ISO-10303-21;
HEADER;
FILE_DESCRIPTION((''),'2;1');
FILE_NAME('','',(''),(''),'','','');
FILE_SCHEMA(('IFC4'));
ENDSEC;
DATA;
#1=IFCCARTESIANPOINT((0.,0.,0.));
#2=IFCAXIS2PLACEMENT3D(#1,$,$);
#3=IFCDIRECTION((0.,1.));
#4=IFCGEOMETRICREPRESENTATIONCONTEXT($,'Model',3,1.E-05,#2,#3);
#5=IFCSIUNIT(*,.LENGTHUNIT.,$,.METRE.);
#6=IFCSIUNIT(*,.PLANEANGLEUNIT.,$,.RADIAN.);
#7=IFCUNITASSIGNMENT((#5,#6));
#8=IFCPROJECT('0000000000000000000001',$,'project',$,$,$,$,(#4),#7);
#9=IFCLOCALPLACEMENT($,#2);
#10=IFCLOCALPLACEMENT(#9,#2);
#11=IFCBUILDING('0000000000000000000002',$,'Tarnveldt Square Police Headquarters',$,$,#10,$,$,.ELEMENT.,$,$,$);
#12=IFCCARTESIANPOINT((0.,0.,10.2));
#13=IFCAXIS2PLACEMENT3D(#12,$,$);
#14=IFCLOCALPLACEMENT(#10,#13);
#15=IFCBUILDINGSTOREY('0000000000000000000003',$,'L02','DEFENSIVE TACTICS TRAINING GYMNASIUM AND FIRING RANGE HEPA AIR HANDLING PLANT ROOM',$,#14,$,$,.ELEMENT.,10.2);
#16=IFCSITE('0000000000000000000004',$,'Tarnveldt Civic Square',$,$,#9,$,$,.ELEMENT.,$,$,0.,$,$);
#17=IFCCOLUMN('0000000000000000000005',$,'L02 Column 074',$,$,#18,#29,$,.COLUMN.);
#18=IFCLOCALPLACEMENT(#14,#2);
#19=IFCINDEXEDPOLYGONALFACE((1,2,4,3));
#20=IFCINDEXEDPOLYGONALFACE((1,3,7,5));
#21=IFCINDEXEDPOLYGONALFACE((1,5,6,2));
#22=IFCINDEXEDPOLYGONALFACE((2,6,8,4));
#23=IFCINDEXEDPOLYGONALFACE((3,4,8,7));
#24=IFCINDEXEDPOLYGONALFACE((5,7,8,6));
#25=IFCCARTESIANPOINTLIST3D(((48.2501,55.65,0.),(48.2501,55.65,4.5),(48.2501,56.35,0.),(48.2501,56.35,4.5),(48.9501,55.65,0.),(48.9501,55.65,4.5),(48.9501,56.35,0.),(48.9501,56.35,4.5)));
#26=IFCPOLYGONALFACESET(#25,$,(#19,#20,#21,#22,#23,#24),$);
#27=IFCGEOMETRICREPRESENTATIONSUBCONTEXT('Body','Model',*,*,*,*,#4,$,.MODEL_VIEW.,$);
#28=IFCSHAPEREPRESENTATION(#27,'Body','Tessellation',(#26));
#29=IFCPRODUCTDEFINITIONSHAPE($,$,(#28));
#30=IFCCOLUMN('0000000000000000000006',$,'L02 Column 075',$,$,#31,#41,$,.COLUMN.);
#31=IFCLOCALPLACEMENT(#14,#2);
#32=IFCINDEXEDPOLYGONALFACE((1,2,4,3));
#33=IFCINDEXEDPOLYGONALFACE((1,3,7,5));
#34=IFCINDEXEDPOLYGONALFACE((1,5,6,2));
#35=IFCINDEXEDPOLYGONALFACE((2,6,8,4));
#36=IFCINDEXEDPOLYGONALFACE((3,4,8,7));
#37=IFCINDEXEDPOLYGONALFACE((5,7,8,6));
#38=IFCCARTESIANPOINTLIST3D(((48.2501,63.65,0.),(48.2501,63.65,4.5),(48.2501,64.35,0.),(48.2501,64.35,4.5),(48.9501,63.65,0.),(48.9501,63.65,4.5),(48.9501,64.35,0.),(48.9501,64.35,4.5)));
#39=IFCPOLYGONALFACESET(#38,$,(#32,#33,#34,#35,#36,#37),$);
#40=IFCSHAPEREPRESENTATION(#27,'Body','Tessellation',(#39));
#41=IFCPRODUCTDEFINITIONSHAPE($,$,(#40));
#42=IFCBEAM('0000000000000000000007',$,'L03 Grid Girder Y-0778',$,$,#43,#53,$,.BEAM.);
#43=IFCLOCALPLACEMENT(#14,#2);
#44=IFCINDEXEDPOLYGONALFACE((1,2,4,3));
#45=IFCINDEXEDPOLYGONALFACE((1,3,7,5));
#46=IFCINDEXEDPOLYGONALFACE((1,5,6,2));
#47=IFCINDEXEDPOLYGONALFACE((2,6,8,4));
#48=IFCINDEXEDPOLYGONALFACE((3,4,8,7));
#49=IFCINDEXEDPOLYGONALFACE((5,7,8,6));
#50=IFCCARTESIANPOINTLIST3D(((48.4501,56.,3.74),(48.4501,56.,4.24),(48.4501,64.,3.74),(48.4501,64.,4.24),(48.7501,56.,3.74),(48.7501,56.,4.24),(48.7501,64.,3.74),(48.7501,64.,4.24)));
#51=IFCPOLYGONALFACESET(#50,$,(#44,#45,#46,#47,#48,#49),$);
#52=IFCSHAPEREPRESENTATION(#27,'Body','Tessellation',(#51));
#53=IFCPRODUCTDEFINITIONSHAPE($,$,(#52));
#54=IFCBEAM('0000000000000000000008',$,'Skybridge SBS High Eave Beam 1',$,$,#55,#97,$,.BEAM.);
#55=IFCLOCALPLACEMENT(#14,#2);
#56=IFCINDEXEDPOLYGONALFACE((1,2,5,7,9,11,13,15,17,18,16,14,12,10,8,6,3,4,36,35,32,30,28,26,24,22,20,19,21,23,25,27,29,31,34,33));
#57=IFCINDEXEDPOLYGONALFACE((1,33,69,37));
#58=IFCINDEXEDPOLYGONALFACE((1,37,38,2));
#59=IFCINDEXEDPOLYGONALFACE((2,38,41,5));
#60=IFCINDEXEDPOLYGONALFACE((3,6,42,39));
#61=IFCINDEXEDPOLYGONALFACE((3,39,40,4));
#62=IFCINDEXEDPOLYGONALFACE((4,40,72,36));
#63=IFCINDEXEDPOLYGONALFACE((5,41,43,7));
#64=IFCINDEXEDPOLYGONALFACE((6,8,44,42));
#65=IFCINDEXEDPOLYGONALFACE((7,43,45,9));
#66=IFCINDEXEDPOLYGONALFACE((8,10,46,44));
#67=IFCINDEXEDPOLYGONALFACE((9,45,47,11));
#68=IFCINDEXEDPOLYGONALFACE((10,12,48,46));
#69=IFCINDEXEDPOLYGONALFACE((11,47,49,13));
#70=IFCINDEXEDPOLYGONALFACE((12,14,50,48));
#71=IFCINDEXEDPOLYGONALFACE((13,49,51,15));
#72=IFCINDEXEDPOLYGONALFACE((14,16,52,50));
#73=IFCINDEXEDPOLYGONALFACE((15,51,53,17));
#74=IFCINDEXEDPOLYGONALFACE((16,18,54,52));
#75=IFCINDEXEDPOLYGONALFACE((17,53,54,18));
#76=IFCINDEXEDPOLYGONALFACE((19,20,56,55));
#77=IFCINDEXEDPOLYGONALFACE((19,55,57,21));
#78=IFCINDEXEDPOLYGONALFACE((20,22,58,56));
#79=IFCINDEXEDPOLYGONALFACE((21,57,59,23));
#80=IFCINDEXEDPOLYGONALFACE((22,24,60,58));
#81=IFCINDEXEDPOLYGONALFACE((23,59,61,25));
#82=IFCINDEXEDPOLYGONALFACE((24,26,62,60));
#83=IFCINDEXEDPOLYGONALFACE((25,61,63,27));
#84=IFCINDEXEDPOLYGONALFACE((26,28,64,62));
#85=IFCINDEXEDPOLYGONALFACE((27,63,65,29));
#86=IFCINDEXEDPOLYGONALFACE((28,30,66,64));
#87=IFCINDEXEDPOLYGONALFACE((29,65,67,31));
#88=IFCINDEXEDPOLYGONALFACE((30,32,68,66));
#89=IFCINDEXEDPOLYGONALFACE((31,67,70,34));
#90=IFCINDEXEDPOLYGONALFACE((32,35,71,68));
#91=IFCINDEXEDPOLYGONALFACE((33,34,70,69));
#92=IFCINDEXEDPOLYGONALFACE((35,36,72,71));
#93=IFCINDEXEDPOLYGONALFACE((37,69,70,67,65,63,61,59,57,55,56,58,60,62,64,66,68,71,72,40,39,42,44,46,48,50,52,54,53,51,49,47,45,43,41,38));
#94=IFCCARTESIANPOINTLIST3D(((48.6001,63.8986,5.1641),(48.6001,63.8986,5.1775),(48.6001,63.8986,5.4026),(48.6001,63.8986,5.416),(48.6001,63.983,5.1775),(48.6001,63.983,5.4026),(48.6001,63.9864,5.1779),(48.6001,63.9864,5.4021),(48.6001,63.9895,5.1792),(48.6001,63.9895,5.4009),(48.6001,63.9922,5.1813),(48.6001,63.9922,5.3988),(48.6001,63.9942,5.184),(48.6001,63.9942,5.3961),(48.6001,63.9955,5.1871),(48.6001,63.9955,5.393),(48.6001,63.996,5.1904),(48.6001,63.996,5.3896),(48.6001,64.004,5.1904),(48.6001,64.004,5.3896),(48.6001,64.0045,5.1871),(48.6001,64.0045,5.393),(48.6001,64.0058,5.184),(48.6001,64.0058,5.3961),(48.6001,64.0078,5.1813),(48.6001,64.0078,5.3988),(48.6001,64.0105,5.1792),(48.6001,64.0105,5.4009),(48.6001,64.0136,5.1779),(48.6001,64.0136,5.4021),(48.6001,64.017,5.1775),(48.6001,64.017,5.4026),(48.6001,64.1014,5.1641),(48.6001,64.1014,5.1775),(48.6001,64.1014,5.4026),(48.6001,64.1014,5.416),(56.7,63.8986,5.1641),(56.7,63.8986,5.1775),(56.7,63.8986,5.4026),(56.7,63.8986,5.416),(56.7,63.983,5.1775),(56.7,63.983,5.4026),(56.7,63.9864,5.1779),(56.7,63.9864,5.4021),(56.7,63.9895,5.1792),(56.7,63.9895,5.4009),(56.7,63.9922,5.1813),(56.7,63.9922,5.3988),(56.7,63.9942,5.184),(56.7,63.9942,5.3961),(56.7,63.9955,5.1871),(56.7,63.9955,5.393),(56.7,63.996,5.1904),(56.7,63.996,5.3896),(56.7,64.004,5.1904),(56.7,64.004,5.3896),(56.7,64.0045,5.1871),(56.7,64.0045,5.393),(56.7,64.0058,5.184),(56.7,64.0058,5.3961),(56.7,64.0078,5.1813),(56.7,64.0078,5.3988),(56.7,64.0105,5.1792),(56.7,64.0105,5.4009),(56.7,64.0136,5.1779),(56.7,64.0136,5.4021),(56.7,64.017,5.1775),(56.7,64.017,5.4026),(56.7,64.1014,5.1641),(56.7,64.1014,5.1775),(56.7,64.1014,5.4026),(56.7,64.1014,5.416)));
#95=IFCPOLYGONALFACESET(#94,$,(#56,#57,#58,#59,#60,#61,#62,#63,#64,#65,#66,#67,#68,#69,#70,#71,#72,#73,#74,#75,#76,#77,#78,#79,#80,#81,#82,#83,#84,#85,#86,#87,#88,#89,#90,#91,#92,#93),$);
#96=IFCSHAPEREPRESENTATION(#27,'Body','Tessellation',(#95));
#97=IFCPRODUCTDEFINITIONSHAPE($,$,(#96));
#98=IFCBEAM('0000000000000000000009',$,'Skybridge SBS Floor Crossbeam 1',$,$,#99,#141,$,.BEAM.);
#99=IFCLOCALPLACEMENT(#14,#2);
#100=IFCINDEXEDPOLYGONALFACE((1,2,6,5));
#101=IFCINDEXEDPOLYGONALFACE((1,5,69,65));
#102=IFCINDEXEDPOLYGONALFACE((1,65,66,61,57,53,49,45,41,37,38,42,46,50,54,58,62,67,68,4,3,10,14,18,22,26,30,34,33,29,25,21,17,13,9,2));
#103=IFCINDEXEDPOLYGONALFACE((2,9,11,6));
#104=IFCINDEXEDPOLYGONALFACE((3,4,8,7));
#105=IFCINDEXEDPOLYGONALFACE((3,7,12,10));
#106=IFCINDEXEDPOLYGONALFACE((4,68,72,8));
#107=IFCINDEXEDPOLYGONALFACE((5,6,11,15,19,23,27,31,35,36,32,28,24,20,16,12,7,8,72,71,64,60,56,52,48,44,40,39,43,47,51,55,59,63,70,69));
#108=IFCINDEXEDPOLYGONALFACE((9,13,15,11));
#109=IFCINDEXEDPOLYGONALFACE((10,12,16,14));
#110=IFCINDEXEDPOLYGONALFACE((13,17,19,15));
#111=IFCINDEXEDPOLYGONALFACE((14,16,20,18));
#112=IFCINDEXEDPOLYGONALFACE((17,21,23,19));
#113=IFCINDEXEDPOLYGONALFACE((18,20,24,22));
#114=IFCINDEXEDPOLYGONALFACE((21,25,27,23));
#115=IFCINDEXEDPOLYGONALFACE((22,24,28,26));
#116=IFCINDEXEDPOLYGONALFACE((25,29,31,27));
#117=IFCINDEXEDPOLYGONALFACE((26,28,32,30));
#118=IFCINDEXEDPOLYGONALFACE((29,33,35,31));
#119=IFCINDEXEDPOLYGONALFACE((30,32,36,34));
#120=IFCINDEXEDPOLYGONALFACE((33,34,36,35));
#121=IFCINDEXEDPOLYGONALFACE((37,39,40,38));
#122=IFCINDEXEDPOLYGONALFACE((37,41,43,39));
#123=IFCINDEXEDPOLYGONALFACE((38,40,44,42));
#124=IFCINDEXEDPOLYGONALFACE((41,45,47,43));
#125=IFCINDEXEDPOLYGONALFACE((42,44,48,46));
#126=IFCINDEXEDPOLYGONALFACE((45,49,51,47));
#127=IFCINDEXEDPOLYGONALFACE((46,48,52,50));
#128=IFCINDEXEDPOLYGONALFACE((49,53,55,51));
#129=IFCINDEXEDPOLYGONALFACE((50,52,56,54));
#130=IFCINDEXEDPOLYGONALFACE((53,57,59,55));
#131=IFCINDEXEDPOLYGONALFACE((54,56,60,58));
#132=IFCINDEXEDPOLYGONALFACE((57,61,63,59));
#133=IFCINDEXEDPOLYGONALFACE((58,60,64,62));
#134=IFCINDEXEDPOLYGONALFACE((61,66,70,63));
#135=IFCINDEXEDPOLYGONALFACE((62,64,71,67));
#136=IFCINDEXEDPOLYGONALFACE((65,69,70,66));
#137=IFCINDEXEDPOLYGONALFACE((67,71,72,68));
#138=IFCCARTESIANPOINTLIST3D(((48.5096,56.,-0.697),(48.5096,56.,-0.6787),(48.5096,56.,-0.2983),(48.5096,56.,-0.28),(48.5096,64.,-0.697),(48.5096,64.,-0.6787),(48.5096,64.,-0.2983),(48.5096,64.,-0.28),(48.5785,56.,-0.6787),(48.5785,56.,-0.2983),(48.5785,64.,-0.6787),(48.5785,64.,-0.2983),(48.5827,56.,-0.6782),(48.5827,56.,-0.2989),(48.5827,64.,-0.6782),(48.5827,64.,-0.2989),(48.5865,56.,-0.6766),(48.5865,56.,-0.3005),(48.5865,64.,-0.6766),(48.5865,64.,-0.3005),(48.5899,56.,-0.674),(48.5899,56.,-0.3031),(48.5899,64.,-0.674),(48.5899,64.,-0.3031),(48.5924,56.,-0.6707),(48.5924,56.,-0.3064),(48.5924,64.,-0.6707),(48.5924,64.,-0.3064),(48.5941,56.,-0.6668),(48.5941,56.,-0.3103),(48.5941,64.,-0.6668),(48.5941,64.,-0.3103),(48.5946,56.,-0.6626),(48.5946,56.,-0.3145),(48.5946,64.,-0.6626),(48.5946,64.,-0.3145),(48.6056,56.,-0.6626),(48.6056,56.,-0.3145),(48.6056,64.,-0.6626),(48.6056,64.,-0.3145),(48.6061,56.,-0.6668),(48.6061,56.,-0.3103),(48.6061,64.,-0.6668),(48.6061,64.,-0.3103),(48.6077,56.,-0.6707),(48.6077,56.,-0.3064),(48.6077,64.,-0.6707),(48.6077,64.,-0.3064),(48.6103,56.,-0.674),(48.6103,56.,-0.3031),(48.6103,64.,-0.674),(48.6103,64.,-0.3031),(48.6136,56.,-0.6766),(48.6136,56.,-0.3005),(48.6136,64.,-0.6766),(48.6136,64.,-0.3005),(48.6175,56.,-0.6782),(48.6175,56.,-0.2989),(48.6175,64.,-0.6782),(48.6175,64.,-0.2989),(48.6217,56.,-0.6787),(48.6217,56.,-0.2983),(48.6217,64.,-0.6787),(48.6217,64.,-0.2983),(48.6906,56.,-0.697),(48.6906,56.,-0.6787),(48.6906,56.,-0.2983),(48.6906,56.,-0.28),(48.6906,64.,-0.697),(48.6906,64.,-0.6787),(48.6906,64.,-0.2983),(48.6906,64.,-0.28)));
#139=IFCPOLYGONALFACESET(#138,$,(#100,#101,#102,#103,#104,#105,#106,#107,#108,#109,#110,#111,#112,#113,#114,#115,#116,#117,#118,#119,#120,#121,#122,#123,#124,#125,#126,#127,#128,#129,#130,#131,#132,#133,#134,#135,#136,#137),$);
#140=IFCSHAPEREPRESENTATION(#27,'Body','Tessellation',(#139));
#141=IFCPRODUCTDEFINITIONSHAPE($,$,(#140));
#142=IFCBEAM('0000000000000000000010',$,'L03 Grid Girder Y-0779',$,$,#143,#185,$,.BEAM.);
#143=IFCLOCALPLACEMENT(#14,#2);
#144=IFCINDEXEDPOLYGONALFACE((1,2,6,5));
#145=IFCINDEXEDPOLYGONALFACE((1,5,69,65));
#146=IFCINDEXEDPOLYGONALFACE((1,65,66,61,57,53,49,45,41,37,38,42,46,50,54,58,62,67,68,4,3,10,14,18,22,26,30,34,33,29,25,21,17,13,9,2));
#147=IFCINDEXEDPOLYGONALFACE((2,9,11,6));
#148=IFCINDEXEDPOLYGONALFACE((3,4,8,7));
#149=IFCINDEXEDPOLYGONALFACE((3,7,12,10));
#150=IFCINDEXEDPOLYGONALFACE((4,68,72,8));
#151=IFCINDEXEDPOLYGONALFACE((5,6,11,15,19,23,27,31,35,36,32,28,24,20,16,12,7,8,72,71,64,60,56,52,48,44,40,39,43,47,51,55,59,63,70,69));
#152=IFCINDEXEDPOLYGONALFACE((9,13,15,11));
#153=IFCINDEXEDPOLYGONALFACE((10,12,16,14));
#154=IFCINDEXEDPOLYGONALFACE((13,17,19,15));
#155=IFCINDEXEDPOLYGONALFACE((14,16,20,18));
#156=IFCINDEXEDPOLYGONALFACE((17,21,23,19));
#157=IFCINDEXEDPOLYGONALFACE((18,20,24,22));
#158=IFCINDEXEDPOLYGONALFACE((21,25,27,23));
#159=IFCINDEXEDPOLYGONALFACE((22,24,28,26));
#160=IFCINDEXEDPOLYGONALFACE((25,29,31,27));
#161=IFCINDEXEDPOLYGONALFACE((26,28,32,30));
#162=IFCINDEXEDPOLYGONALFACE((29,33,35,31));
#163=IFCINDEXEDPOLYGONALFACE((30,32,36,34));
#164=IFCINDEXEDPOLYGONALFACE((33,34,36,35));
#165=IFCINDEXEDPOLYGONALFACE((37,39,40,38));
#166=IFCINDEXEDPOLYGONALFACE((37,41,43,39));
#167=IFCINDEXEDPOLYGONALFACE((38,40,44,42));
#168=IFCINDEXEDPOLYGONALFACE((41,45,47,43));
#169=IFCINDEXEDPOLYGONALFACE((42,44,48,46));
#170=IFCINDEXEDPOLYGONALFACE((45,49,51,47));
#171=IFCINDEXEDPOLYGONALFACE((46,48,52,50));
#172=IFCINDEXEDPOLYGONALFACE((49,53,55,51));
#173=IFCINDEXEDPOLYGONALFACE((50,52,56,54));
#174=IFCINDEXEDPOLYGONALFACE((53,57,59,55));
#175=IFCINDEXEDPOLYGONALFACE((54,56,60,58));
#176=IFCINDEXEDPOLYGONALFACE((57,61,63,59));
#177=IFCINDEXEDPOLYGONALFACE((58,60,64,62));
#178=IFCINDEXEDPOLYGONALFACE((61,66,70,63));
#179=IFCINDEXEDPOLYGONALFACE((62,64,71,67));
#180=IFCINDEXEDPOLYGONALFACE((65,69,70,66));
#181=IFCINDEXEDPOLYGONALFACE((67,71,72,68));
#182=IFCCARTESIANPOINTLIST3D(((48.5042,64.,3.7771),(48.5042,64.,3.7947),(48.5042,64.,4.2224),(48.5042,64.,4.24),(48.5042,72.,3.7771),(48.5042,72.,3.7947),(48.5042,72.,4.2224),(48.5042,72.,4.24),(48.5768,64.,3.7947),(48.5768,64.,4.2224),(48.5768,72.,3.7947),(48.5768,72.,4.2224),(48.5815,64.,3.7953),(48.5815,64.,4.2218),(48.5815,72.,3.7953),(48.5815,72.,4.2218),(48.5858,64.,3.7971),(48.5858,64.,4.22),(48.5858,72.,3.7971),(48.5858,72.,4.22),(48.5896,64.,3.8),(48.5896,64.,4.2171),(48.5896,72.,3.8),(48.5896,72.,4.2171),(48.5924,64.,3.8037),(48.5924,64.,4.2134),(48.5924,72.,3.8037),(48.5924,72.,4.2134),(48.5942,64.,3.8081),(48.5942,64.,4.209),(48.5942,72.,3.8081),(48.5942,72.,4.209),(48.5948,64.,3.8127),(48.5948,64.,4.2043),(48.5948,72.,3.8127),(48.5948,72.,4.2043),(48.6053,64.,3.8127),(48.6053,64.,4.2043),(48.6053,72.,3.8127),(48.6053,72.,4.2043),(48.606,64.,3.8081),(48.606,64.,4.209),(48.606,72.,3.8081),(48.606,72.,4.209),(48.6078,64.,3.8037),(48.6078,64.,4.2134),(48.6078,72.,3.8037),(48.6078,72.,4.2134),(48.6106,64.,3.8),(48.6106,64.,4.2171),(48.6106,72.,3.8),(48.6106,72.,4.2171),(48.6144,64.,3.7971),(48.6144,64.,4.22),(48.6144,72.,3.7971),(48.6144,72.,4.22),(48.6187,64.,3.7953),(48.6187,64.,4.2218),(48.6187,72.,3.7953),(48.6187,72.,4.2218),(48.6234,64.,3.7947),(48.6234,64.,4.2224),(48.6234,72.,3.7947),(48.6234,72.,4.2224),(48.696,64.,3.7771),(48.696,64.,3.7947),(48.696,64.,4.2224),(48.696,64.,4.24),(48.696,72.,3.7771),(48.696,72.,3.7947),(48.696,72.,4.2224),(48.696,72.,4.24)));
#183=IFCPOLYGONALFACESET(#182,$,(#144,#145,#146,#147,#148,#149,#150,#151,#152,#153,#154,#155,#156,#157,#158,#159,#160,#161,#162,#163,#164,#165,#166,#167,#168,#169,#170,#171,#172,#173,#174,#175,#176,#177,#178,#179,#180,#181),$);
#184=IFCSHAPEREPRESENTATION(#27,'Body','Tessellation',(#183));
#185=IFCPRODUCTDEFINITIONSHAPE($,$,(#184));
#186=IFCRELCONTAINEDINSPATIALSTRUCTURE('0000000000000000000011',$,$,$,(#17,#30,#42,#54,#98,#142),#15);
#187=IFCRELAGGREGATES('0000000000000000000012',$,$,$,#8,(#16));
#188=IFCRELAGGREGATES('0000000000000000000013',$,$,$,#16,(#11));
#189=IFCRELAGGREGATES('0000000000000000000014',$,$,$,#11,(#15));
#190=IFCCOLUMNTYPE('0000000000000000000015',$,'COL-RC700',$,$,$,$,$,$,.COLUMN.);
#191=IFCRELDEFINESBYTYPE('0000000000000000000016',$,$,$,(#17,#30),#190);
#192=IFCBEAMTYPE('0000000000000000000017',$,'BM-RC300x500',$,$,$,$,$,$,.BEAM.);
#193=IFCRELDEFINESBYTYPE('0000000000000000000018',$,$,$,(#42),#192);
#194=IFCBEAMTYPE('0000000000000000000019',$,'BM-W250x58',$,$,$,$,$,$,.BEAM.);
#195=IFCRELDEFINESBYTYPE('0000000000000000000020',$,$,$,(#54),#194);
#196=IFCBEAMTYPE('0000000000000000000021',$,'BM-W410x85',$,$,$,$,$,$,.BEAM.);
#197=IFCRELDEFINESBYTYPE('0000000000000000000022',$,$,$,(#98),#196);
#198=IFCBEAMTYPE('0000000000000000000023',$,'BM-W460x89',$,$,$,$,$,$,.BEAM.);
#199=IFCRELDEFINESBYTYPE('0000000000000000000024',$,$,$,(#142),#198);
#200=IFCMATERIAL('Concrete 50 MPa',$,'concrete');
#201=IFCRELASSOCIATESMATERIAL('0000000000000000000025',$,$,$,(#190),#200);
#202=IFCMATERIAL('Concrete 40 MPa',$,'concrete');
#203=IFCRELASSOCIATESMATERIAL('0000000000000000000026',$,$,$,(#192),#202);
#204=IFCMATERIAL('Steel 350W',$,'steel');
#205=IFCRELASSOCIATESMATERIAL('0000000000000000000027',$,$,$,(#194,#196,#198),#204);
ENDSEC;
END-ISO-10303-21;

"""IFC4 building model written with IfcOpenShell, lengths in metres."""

from ifc_helpers import new_model, si_unit, direction, frame, origin, origin_2d, place, context, subcontext, project, spatial, rectangle, i_section, extrude, material, material_profile, profile_set, type_object, element, save


model = new_model("IFC4")

# Units and contexts
model_context = context("Model", 3, precision=1e-05, world=origin(), true_north=direction((0.0, 1.0)))
body_context = subcontext(model_context, "Body", "Model", "MODEL_VIEW")
ifc_project = project(units=[si_unit("LENGTHUNIT", "METRE"), si_unit("PLANEANGLEUNIT", "RADIAN")], contexts=[model_context])

# Site, building, storey
site_placement = place(None, origin())
site = spatial("IfcSite", under=ifc_project, at=site_placement, Name="Tarnveldt Civic Square", CompositionType="ELEMENT", RefElevation=0.0)
building_placement = place(site_placement, origin())
building = spatial("IfcBuilding", under=site, at=building_placement, Name="Tarnveldt Square Police Headquarters", CompositionType="ELEMENT")
storey_placement = place(building_placement, frame((0.0, 0.0, 10.2)))
storey = spatial("IfcBuildingStorey", under=building, at=storey_placement, Name="L02", Description="DEFENSIVE TACTICS TRAINING GYMNASIUM AND FIRING RANGE HEPA AIR HANDLING PLANT ROOM", CompositionType="ELEMENT", Elevation=10.2)

# Columns
ifc_material_1 = material(Name="Concrete 50 MPa", Category="concrete")
ifc_material_profile_1 = material_profile(ifc_material_1, rectangle(XDim=0.7, YDim=0.7, at=origin_2d()), Name="RC-C700x700")
ifc_profile_set_1 = profile_set([ifc_material_profile_1], Name="Concrete 50 MPa")
column_type = type_object("IfcColumnType", Name="COL-RC700", PredefinedType="COLUMN", material=ifc_profile_set_1)
for number, where, z_axis, x_axis, name in (
    (1, (48.6001, 56.0, 0.0), (0.0, 0.0, 1.0), (1.0, 0.0, 0.0), "L02 Column 074"),
    (2, (48.6001, 64.0, 0.0), (0.0, 0.0, 1.0), (1.0, 0.0, 0.0), "L02 Column 075"),
):
    element("IfcColumn", number, at=place(storey_placement, frame(where, z_axis=z_axis, x_axis=x_axis)), inside=storey, type_object=column_type, Name=name, PredefinedType="COLUMN", context=body_context, shape_type="SweptSolid", body=[
        extrude(rectangle(XDim=0.7, YDim=0.7, at=origin_2d()), origin(), (0.0, 0.0, 1.0), 4.5),
    ])

# Beams
ifc_material_2 = material(Name="Concrete 40 MPa", Category="concrete")
ifc_material_profile_2 = material_profile(ifc_material_2, rectangle(XDim=0.3, YDim=0.5, at=origin_2d()), Name="RC-B300x500")
ifc_profile_set_2 = profile_set([ifc_material_profile_2], Name="Concrete 40 MPa")
beam_type_1 = type_object("IfcBeamType", Name="BM-RC300x500", PredefinedType="BEAM", material=ifc_profile_set_2)
beam_1_placement = place(storey_placement, frame((48.6001, 56.0, 3.99), z_axis=(0.0, 1.0, 0.0), x_axis=(-1.0, 0.0, 0.0)))
element("IfcBeam", 3, at=beam_1_placement, inside=storey, type_object=beam_type_1, Name="L03 Grid Girder Y-0778", PredefinedType="BEAM", context=body_context, shape_type="SweptSolid", body=[
    extrude(rectangle(XDim=0.3, YDim=0.5, at=origin_2d()), origin(), (0.0, 0.0, 1.0), 8.0),
])
ifc_material_3 = material(Name="Steel 350W", Category="steel")
ifc_material_profile_3 = material_profile(ifc_material_3, i_section(OverallWidth=0.2029, OverallDepth=0.252, WebThickness=0.0081, FlangeThickness=0.0134, FilletRadius=0.0129, at=origin_2d()), Name="W250x58")
ifc_profile_set_3 = profile_set([ifc_material_profile_3], Name="Steel 350W")
beam_type_2 = type_object("IfcBeamType", Name="BM-W250x58", PredefinedType="BEAM", material=ifc_profile_set_3)
beam_2_placement = place(storey_placement, frame((48.6001, 64.0, 5.29), z_axis=(1.0, 0.0, 0.0), x_axis=(0.0, 1.0, 0.0)))
element("IfcBeam", 4, at=beam_2_placement, inside=storey, type_object=beam_type_2, Name="Skybridge SBS High Eave Beam 1", PredefinedType="BEAM", context=body_context, shape_type="SweptSolid", body=[
    extrude(i_section(OverallWidth=0.2029, OverallDepth=0.252, WebThickness=0.0081, FlangeThickness=0.0134, FilletRadius=0.0129, at=origin_2d()), origin(), (0.0, 0.0, 1.0), 8.0999),
])
ifc_material_profile_4 = material_profile(ifc_material_3, i_section(OverallWidth=0.1809, OverallDepth=0.417, WebThickness=0.011, FlangeThickness=0.0183, FilletRadius=0.0161, at=origin_2d()), Name="W410x85")
ifc_profile_set_4 = profile_set([ifc_material_profile_4], Name="Steel 350W")
beam_type_3 = type_object("IfcBeamType", Name="BM-W410x85", PredefinedType="BEAM", material=ifc_profile_set_4)
beam_3_placement = place(storey_placement, frame((48.6001, 56.0, -0.4885), z_axis=(0.0, 1.0, 0.0), x_axis=(-1.0, 0.0, 0.0)))
element("IfcBeam", 5, at=beam_3_placement, inside=storey, type_object=beam_type_3, Name="Skybridge SBS Floor Crossbeam 1", PredefinedType="BEAM", context=body_context, shape_type="SweptSolid", body=[
    extrude(i_section(OverallWidth=0.1809, OverallDepth=0.417, WebThickness=0.011, FlangeThickness=0.0183, FilletRadius=0.0161, at=origin_2d()), origin(), (0.0, 0.0, 1.0), 8.0),
])
ifc_material_profile_5 = material_profile(ifc_material_3, i_section(OverallWidth=0.1919, OverallDepth=0.4629, WebThickness=0.0105, FlangeThickness=0.0176, FilletRadius=0.0181, at=origin_2d()), Name="W460x89")
ifc_profile_set_5 = profile_set([ifc_material_profile_5], Name="Steel 350W")
beam_type_4 = type_object("IfcBeamType", Name="BM-W460x89", PredefinedType="BEAM", material=ifc_profile_set_5)
beam_4_placement = place(storey_placement, frame((48.6001, 64.0, 4.0085), z_axis=(0.0, 1.0, 0.0), x_axis=(-1.0, 0.0, 0.0)))
element("IfcBeam", 6, at=beam_4_placement, inside=storey, type_object=beam_type_4, Name="L03 Grid Girder Y-0779", PredefinedType="BEAM", context=body_context, shape_type="SweptSolid", body=[
    extrude(i_section(OverallWidth=0.1919, OverallDepth=0.4629, WebThickness=0.0105, FlangeThickness=0.0176, FilletRadius=0.0181, at=origin_2d()), origin(), (0.0, 0.0, 1.0), 8.0),
])

save(model, "model.ifc")
